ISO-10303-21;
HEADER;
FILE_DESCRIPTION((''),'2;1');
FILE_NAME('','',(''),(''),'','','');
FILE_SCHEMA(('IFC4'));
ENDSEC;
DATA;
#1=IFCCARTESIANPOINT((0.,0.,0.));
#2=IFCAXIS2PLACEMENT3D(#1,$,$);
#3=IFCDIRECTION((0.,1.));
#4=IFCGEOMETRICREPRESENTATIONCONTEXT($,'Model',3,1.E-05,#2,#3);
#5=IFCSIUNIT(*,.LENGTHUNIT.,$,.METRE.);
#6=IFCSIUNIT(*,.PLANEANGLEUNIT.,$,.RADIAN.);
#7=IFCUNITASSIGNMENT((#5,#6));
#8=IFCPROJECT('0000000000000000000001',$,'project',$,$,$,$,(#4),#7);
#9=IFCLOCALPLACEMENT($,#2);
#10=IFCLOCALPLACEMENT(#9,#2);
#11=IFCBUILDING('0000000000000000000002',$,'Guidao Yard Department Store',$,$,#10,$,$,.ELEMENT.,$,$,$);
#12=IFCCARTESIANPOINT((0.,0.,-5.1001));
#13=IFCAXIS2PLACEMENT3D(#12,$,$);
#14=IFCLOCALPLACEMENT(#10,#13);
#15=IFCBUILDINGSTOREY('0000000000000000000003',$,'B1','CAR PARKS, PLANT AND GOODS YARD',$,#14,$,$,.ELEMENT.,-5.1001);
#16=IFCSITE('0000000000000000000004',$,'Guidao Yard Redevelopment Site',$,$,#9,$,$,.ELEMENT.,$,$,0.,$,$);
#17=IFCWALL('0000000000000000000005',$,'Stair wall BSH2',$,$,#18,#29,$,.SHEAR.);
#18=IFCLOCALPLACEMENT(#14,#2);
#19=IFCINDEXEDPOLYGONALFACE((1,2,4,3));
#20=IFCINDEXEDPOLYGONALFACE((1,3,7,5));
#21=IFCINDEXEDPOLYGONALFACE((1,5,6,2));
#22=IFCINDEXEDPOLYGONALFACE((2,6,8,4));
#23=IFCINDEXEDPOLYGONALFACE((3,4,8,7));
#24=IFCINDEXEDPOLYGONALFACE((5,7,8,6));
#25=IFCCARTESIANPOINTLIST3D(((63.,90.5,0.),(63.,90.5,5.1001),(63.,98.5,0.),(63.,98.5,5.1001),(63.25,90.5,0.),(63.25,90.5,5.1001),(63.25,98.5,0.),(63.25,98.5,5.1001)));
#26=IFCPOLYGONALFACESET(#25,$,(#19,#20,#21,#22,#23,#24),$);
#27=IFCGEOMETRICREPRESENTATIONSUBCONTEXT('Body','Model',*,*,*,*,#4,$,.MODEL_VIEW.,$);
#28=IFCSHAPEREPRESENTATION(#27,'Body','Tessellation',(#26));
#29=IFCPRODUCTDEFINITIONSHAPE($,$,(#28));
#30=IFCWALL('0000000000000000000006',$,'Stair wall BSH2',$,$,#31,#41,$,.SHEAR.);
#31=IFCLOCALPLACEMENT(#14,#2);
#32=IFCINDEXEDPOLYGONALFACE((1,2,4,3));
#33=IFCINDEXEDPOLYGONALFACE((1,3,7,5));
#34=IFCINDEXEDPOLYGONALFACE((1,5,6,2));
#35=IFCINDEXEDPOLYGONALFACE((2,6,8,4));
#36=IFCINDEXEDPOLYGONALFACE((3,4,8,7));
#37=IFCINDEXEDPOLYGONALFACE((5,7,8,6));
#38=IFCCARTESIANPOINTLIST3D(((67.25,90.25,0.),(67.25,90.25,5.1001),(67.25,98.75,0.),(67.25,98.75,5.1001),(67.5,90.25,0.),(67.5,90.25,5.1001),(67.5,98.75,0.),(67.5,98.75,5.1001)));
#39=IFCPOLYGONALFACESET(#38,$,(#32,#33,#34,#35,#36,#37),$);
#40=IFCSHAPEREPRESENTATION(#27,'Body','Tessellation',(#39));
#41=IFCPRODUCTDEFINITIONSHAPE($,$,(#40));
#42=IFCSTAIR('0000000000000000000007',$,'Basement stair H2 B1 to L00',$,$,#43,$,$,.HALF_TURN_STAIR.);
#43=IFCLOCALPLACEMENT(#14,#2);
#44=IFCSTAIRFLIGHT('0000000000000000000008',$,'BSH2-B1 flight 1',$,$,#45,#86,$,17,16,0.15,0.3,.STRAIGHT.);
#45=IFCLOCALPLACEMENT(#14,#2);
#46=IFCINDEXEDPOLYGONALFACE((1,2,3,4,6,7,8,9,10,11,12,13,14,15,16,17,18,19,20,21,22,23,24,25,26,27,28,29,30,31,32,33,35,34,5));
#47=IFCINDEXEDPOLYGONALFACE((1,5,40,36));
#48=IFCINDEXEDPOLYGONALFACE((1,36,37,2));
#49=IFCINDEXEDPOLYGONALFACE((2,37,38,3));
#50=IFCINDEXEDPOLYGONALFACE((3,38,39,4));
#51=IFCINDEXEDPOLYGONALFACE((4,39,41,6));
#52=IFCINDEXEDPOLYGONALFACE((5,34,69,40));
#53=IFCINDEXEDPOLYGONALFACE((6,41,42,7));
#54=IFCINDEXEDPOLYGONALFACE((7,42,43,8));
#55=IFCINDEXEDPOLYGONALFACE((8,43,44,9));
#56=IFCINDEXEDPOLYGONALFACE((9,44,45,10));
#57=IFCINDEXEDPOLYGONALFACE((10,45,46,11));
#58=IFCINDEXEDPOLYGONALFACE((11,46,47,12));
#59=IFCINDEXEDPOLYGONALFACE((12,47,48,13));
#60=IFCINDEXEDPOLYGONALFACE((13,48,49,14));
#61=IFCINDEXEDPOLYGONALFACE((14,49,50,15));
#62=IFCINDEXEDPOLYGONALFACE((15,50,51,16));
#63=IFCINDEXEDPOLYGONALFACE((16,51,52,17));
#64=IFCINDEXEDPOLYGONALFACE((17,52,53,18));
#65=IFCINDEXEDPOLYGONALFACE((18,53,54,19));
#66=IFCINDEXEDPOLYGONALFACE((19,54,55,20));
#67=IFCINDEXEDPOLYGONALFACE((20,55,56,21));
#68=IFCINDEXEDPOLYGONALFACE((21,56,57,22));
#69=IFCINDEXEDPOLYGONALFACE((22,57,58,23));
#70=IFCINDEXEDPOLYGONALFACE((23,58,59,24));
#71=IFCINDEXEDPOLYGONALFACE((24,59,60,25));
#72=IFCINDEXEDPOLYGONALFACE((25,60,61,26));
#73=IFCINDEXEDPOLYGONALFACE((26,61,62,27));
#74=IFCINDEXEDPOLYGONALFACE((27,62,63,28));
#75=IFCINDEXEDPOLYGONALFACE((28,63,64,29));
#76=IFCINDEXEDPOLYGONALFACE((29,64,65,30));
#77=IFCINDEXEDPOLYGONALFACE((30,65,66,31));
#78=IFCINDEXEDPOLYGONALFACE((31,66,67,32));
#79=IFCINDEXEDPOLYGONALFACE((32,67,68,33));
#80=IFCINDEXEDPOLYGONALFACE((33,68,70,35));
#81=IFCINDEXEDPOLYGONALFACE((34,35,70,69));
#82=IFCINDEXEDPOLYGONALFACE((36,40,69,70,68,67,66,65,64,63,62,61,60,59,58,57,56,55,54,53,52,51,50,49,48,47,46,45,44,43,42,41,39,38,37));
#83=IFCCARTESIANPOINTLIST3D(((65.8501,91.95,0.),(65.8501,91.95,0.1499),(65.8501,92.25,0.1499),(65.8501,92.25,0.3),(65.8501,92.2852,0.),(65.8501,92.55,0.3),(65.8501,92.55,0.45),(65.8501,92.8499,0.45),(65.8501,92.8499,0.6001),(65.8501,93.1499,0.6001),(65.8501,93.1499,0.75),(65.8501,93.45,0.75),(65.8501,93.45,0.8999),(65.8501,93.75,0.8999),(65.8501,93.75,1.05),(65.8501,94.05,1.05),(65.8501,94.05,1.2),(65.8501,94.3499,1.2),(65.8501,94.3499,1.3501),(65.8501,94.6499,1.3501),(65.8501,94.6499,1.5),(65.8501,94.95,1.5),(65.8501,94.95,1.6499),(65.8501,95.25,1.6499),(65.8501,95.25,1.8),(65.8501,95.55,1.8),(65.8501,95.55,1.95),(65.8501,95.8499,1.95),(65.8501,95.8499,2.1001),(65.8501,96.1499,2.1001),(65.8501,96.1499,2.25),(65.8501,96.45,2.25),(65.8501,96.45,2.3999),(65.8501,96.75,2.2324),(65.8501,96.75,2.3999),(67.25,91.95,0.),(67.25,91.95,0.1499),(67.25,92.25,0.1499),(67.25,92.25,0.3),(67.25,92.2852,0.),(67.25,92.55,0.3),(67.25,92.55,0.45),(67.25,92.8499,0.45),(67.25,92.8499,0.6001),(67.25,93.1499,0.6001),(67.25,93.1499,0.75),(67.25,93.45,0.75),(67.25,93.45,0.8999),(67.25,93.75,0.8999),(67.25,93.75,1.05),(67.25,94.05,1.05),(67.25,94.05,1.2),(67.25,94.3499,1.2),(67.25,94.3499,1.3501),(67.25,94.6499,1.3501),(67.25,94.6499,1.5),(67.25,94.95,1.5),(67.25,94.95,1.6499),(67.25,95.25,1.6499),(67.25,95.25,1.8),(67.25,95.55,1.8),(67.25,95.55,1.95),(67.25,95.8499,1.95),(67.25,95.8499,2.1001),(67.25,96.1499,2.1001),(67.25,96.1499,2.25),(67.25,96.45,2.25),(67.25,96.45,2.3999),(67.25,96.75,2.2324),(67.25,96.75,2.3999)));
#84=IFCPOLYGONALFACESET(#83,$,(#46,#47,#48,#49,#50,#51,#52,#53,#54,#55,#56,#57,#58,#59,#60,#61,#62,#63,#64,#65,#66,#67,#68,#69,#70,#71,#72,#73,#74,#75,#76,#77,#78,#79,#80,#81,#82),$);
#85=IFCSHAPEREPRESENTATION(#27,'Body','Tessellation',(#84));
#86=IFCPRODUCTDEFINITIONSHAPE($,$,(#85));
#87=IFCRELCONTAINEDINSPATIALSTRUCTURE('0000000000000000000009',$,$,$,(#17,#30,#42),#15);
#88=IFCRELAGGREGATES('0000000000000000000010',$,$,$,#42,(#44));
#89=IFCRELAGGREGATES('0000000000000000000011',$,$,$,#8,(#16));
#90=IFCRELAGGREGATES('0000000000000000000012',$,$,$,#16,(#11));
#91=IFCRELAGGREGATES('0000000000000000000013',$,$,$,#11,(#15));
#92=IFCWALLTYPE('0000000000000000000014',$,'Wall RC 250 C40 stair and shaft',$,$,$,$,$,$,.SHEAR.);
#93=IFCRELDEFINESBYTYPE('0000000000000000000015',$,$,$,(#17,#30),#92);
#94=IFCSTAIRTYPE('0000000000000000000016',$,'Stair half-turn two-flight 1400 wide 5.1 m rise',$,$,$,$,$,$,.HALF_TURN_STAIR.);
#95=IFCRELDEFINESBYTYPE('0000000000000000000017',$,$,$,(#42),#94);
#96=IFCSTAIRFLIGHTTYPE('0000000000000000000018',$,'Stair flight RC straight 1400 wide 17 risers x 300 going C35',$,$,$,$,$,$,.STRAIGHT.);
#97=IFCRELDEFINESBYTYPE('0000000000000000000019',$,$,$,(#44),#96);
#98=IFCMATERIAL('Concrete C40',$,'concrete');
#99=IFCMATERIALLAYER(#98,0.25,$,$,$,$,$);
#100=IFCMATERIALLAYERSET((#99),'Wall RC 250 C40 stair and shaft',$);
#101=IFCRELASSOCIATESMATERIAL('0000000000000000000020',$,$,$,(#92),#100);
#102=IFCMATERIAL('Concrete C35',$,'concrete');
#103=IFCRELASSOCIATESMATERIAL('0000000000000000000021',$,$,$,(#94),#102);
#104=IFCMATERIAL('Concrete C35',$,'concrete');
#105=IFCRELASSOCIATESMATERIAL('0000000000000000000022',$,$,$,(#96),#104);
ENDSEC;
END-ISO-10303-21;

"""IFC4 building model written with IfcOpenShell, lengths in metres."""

from ifc_helpers import new_model, si_unit, direction, frame, frame_2d, origin, place, context, subcontext, project, spatial, polyline, rectangle, outline, extrude, material, layer, layer_set, type_object, element, aggregate, save


model = new_model("IFC4")

# Units and contexts
model_context = context("Model", 3, precision=1e-05, world=origin(), true_north=direction((0.0, 1.0)))
body_context = subcontext(model_context, "Body", "Model", "MODEL_VIEW")
ifc_project = project(units=[si_unit("LENGTHUNIT", "METRE"), si_unit("PLANEANGLEUNIT", "RADIAN")], contexts=[model_context])

# Site, building, storey
site_placement = place(None, origin())
site = spatial("IfcSite", under=ifc_project, at=site_placement, Name="Guidao Yard Redevelopment Site", CompositionType="ELEMENT", RefElevation=0.0)
building_placement = place(site_placement, origin())
building = spatial("IfcBuilding", under=site, at=building_placement, Name="Guidao Yard Department Store", CompositionType="ELEMENT")
storey_placement = place(building_placement, frame((0.0, 0.0, -5.1001)))
storey = spatial("IfcBuildingStorey", under=building, at=storey_placement, Name="B1", Description="CAR PARKS, PLANT AND GOODS YARD", CompositionType="ELEMENT", Elevation=-5.1001)

# Shared definitions
ifc_material_1 = material(Name="Concrete C40", Category="concrete")
ifc_layer_1 = layer(ifc_material_1, 0.25)
ifc_layer_set_1 = layer_set([ifc_layer_1], Name="Wall RC 250 C40 stair and shaft")
wall_type_1 = type_object("IfcWallType", Name="Wall RC 250 C40 stair and shaft", PredefinedType="SHEAR", material=ifc_layer_set_1)

# Walls
wall_1_placement = place(storey_placement, frame((63.125, 90.5, 0.0), z_axis=(0.0, 0.0, 1.0), x_axis=(0.0, 1.0, 0.0)))
element("IfcWall", 1, at=wall_1_placement, inside=storey, type_object=wall_type_1, Name="Stair wall BSH2", PredefinedType="SHEAR", context=body_context, shape_type="SweptSolid", body=[
    extrude(rectangle(XDim=8.0, YDim=0.25, at=frame_2d((4.0, 0.0))), origin(), (0.0, 0.0, 1.0), 5.1001),
])
wall_2_placement = place(storey_placement, frame((67.375, 90.25, 0.0), z_axis=(0.0, 0.0, 1.0), x_axis=(0.0, 1.0, 0.0)))
element("IfcWall", 2, at=wall_2_placement, inside=storey, type_object=wall_type_1, Name="Stair wall BSH2", PredefinedType="SHEAR", context=body_context, shape_type="SweptSolid", body=[
    extrude(rectangle(XDim=8.5, YDim=0.25, at=frame_2d((4.25, 0.0))), origin(), (0.0, 0.0, 1.0), 5.1001),
])

# Stair, stair flight
ifc_material_2 = material(Name="Concrete C35", Category="concrete")
stair_type = type_object("IfcStairType", Name="Stair half-turn two-flight 1400 wide 5.1 m rise", PredefinedType="HALF_TURN_STAIR", material=ifc_material_2)
stair_placement = place(storey_placement, origin())
stair = element("IfcStair", 3, at=stair_placement, inside=storey, type_object=stair_type, Name="Basement stair H2 B1 to L00", PredefinedType="HALF_TURN_STAIR")
ifc_material_3 = material(Name="Concrete C35", Category="concrete")
stair_flight_type = type_object("IfcStairFlightType", Name="Stair flight RC straight 1400 wide 17 risers x 300 going C35", PredefinedType="STRAIGHT", material=ifc_material_3)
stair_flight_placement = place(storey_placement, frame((66.55, 91.95, 0.0), z_axis=(0.0, 0.0, 1.0), x_axis=(0.0, 1.0, 0.0)))
stair_flight = element("IfcStairFlight", 4, at=stair_flight_placement, type_object=stair_flight_type, Name="BSH2-B1 flight 1", NumberOfRisers=17, NumberOfTreads=16, PredefinedType="STRAIGHT", RiserHeight=0.15, TreadLength=0.3, context=body_context, shape_type="SweptSolid", body=[
    extrude(outline(polyline([(0.0, 0.0), (0.0, 0.1499), (0.3, 0.1499), (0.3, 0.3), (0.6001, 0.3), (0.6001, 0.45), (0.8999, 0.45), (0.8999, 0.6001), (1.2, 0.6001), (1.2, 0.75), (1.5, 0.75), (1.5, 0.8999), (1.8, 0.8999), (1.8, 1.05), (2.1001, 1.05), (2.1001, 1.2), (2.3999, 1.2), (2.3999, 1.3501), (2.7, 1.3501), (2.7, 1.5), (3.0, 1.5), (3.0, 1.6499), (3.3, 1.6499), (3.3, 1.8), (3.6001, 1.8), (3.6001, 1.95), (3.8999, 1.95), (3.8999, 2.1001), (4.2, 2.1001), (4.2, 2.25), (4.5, 2.25), (4.5, 2.3999), (4.8, 2.3999), (4.8, 2.55), (4.8, 2.2324), (0.3352, 0.0), (0.0, 0.0)])), frame((0.0, 0.7, 0.0), z_axis=(0.0, -1.0, 0.0), x_axis=(1.0, 0.0, 0.0)), (0.0, 0.0, 1.0), 1.3999),
])
aggregate(stair, [stair_flight])

save(model, "model.ifc")
